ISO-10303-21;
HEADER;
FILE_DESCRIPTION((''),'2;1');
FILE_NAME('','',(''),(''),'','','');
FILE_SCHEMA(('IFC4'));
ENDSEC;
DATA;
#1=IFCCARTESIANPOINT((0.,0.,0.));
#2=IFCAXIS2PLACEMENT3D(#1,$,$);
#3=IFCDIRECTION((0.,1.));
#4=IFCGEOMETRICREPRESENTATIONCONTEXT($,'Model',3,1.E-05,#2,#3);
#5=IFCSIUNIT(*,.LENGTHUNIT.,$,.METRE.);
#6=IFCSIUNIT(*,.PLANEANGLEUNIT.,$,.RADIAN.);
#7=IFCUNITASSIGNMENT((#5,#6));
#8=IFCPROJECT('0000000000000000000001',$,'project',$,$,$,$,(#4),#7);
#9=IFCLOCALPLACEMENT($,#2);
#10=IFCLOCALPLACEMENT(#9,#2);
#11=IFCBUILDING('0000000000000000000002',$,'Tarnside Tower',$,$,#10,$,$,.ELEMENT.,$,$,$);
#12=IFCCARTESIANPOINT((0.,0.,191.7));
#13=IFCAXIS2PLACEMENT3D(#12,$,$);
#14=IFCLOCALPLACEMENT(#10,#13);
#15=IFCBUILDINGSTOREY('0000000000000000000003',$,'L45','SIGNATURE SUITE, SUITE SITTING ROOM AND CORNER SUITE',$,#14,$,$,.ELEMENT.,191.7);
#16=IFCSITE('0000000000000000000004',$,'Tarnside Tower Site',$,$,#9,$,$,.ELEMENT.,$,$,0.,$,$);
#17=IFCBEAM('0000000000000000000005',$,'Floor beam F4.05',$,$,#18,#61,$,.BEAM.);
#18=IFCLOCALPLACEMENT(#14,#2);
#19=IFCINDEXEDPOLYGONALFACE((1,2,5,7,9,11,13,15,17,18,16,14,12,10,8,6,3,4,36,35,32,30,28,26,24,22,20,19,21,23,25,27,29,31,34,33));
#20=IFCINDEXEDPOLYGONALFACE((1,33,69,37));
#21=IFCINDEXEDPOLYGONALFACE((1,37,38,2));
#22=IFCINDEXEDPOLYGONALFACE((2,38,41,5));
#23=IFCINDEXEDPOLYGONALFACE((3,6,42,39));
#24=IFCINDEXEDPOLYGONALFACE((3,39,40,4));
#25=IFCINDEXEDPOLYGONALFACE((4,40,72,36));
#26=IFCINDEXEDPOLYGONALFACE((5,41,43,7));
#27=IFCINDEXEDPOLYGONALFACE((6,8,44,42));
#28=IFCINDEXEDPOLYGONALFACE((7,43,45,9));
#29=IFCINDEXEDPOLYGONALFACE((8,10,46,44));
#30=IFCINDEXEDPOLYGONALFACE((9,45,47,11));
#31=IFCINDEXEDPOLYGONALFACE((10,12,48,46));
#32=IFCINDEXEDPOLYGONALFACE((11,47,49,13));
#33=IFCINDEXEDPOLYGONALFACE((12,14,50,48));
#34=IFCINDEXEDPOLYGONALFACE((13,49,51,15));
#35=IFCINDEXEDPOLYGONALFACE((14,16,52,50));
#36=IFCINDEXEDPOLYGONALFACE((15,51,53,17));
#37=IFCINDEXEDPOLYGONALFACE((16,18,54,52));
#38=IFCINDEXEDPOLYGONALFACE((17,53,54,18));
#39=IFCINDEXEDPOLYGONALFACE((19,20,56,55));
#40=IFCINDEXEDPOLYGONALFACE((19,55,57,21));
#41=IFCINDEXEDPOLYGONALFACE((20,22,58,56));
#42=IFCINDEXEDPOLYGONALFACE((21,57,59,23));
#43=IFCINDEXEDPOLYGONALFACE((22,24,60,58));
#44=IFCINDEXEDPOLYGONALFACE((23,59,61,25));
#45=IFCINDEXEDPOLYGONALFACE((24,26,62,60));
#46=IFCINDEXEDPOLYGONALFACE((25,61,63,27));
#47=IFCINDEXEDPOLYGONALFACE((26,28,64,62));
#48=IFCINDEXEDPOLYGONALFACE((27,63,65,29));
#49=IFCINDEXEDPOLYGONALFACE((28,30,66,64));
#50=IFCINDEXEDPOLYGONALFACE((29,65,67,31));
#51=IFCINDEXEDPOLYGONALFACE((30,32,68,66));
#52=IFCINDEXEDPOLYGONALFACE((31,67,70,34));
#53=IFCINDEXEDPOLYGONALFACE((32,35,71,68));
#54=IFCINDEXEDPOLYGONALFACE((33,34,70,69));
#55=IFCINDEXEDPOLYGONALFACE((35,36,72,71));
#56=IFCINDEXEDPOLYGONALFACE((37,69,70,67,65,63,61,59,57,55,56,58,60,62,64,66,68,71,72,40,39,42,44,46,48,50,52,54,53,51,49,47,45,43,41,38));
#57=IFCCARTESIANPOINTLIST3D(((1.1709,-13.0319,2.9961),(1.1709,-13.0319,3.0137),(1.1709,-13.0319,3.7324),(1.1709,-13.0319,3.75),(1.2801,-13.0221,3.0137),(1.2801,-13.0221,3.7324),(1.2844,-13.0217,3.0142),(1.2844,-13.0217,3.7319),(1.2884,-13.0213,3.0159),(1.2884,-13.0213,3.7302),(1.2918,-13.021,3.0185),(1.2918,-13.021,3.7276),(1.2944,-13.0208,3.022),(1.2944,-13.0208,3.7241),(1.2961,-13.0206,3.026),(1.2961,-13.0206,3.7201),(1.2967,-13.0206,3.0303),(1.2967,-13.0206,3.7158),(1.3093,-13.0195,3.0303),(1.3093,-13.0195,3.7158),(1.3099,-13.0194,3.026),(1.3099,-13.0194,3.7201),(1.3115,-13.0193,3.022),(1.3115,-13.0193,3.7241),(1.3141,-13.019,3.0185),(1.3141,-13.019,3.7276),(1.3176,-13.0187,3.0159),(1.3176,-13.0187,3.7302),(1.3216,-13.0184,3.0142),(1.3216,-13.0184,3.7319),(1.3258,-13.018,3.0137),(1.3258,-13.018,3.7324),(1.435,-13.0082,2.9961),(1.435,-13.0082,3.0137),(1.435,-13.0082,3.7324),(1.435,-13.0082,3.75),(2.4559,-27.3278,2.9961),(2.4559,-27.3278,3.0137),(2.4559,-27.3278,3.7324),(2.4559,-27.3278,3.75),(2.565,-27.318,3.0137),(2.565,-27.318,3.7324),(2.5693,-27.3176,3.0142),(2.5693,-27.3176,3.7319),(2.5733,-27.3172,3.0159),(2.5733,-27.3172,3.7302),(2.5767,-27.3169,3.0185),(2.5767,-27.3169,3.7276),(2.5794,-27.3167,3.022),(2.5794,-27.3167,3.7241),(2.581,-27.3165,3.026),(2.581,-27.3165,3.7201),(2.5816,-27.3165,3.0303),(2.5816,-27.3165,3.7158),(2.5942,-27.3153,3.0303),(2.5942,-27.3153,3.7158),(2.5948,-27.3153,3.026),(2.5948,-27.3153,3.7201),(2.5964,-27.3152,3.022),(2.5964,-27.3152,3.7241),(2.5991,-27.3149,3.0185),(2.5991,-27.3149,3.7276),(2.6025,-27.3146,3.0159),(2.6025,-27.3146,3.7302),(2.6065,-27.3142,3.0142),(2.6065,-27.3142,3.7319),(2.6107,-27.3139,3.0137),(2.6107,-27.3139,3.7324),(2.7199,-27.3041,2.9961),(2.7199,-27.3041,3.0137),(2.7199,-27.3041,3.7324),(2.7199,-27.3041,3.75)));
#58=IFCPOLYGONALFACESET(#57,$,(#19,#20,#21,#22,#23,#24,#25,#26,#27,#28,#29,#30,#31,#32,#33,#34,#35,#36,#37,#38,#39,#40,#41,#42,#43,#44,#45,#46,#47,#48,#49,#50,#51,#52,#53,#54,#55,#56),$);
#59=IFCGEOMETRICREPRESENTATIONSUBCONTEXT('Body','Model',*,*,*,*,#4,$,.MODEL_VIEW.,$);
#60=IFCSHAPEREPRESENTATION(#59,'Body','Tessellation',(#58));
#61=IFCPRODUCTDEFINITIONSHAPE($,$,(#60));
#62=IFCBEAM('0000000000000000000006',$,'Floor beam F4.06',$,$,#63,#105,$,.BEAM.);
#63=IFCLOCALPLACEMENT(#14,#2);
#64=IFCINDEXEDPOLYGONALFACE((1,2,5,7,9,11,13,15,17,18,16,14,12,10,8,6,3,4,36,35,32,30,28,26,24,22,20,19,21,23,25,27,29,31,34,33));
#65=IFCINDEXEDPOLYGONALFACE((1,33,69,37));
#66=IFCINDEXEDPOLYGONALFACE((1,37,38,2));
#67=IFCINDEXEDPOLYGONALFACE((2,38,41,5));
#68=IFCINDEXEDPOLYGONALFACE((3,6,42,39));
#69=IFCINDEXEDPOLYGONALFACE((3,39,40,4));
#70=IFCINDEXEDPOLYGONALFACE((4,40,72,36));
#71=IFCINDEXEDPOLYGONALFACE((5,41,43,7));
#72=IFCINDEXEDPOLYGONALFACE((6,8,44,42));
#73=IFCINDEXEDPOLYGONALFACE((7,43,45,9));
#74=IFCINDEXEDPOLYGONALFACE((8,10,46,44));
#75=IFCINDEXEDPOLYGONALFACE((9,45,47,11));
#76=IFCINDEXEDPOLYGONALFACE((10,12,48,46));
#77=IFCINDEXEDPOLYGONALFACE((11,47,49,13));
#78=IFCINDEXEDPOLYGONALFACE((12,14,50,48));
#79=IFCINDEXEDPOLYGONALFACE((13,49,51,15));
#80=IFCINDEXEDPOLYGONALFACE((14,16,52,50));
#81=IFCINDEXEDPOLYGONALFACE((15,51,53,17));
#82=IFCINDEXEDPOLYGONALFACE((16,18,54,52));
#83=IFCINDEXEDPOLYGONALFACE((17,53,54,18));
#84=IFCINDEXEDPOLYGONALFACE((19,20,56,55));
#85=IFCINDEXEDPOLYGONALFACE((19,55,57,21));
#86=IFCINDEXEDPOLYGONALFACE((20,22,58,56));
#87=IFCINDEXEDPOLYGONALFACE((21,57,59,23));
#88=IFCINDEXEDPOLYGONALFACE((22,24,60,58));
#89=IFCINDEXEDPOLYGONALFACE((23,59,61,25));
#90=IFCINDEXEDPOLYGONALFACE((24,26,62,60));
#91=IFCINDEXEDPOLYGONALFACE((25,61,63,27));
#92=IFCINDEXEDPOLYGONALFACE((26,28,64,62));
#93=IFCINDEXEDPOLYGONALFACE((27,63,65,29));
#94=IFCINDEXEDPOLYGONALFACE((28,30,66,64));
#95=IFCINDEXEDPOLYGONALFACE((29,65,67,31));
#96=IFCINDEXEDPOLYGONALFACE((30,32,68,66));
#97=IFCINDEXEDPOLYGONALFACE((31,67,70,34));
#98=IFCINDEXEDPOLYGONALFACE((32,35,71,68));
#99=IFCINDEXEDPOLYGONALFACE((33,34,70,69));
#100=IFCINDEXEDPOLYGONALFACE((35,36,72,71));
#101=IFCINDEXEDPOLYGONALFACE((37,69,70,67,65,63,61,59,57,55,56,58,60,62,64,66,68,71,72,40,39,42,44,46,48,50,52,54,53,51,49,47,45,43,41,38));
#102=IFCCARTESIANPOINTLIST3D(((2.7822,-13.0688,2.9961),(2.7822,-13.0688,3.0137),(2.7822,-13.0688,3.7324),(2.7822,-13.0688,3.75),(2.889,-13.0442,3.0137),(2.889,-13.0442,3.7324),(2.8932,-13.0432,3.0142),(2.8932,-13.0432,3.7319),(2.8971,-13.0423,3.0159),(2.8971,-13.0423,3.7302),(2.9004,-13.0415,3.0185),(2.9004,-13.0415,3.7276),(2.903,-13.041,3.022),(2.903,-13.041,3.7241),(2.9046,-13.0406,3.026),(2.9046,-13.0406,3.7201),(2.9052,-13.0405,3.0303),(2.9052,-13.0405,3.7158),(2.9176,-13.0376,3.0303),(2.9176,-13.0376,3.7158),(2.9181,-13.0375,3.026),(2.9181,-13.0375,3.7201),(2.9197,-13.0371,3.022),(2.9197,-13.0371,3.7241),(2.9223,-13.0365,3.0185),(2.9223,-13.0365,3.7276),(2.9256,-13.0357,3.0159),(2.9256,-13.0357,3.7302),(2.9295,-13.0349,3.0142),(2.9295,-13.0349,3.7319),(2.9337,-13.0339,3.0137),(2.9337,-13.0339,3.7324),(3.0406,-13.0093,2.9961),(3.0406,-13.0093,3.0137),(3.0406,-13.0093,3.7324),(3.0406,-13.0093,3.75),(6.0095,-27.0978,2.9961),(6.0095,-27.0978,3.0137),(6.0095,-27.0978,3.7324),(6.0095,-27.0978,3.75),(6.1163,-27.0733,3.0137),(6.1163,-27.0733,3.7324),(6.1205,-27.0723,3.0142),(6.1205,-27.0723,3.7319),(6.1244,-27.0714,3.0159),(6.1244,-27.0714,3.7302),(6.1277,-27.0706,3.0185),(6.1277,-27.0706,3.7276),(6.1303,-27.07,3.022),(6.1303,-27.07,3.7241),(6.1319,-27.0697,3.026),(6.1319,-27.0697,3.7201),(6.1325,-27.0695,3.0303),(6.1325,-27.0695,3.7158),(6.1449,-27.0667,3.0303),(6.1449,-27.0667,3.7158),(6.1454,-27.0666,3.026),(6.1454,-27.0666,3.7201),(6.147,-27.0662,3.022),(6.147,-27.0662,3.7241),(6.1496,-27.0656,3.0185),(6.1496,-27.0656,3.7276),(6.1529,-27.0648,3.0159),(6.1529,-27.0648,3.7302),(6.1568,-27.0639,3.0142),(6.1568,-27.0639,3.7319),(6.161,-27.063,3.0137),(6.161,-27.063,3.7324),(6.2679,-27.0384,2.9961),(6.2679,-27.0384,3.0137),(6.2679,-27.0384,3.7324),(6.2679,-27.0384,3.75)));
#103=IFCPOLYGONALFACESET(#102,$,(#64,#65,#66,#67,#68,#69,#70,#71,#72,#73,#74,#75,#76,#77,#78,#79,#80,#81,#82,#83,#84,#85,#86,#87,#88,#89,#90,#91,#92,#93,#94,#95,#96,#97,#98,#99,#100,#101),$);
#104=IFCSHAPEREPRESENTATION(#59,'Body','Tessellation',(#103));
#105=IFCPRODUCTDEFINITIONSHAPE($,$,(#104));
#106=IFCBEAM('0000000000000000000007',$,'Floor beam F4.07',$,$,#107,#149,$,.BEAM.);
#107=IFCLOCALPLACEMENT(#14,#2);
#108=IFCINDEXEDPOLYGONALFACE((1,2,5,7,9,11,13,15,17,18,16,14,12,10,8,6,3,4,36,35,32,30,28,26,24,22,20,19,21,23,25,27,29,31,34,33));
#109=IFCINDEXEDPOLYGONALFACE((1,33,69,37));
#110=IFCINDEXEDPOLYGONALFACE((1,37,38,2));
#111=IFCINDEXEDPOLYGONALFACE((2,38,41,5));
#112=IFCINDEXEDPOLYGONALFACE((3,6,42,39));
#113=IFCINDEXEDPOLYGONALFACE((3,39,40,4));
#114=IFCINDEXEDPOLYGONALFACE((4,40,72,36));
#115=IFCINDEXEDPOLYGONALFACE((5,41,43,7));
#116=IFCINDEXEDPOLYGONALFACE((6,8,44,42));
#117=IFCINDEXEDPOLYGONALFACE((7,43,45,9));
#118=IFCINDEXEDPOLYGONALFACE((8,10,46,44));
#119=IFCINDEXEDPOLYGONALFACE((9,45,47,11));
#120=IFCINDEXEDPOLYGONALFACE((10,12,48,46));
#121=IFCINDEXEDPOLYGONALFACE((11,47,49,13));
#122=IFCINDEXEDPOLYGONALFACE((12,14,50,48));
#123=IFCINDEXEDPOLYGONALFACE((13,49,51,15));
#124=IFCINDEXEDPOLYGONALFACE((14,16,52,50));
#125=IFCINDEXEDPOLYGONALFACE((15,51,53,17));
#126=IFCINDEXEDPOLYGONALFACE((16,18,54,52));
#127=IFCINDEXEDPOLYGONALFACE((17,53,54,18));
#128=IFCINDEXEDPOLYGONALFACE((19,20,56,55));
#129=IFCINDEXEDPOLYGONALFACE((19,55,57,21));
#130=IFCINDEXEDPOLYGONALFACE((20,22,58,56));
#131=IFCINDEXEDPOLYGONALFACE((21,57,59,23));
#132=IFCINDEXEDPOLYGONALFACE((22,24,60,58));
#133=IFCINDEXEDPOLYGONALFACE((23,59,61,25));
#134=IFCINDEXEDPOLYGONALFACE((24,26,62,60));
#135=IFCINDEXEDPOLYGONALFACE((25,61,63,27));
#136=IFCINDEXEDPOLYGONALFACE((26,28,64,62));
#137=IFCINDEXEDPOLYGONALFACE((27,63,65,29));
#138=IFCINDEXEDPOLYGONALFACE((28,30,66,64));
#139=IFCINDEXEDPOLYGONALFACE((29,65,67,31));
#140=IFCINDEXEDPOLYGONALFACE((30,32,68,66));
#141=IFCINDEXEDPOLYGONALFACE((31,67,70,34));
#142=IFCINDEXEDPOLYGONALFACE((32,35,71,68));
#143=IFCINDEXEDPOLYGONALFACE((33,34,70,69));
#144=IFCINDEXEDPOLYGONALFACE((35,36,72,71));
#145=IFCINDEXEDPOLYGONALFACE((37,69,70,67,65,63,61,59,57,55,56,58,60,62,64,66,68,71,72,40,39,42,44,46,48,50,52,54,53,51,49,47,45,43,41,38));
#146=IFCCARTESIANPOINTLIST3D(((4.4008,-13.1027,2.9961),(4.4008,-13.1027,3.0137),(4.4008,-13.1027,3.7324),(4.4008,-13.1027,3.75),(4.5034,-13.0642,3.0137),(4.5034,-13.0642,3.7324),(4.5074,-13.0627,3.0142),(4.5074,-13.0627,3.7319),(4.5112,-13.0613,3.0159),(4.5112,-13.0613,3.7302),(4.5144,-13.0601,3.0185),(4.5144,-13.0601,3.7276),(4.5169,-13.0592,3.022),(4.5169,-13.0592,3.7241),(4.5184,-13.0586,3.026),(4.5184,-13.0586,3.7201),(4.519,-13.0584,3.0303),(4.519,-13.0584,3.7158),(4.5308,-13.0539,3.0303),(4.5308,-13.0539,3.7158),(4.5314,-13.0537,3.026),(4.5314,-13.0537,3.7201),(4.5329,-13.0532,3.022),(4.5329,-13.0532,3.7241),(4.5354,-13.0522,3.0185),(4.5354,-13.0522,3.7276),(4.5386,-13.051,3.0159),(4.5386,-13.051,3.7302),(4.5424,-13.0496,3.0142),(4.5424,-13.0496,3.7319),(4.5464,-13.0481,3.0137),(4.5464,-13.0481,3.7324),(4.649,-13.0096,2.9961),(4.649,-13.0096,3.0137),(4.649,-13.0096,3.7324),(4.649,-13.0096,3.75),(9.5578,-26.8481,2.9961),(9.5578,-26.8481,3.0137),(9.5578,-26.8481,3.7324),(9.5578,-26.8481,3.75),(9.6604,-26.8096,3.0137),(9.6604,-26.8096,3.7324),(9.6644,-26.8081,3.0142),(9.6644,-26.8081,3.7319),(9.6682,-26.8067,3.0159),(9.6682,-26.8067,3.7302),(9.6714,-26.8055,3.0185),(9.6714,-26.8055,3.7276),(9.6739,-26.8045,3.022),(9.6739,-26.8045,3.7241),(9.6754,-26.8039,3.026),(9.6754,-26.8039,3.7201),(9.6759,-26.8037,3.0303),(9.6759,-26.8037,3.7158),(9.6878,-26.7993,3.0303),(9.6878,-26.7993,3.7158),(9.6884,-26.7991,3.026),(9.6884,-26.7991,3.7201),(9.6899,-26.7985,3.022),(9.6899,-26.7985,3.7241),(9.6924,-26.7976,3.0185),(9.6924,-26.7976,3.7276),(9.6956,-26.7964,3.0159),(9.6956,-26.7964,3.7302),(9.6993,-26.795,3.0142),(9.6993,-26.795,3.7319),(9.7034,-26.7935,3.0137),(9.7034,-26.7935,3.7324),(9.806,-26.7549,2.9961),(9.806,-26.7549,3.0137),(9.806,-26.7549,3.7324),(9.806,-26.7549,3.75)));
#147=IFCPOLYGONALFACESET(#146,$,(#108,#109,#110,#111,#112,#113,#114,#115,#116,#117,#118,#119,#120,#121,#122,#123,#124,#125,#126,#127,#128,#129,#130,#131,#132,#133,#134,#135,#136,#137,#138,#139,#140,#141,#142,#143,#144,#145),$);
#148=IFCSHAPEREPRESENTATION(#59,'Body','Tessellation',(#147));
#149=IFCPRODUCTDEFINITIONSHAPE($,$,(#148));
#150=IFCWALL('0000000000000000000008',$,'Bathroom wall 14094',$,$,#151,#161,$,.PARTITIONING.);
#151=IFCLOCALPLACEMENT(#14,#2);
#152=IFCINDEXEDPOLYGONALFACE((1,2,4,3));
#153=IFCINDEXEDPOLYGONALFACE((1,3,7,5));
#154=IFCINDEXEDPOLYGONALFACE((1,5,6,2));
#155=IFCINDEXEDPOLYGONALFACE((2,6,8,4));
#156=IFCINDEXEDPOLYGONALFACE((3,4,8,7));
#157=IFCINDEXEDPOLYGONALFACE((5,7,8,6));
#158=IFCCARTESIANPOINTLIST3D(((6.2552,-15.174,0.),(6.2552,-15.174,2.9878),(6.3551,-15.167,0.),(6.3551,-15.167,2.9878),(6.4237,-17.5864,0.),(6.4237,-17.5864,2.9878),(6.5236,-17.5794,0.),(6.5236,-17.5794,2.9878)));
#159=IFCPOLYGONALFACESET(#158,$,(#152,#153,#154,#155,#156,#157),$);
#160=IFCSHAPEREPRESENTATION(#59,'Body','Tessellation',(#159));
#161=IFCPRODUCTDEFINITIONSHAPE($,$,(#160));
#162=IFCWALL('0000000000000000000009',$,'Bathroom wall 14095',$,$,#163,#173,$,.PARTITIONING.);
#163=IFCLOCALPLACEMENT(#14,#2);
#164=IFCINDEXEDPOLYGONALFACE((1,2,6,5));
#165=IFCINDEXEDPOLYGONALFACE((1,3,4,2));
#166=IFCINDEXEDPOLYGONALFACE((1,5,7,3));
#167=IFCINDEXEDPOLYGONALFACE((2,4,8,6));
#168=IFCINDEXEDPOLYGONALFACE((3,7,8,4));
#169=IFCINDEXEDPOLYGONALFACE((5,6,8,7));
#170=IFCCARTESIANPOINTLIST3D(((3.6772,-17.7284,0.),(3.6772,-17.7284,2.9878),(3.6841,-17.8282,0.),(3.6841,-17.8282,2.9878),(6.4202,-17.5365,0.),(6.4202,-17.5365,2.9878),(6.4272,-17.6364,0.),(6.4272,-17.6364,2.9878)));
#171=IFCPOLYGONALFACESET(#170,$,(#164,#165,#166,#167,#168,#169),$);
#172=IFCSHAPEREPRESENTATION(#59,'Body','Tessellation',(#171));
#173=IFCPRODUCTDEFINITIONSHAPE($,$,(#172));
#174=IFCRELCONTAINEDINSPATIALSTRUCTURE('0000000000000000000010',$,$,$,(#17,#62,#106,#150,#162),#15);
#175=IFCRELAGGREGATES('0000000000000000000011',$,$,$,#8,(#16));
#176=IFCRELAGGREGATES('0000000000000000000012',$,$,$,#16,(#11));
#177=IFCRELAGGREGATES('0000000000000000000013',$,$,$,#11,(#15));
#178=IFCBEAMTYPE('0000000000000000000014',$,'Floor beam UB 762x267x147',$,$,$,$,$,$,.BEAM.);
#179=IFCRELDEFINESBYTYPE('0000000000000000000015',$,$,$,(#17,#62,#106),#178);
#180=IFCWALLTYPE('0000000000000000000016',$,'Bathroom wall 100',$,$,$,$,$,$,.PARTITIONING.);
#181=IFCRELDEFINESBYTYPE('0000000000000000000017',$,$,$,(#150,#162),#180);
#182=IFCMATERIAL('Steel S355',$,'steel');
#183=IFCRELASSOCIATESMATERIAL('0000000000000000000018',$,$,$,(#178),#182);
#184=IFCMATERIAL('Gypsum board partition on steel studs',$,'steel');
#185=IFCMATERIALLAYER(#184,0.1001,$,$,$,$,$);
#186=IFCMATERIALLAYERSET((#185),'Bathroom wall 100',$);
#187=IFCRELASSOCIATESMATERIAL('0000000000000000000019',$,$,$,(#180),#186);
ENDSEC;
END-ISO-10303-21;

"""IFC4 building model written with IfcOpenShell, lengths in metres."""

from ifc_helpers import new_model, si_unit, direction, frame, frame_2d, origin, origin_2d, place, context, subcontext, project, spatial, rectangle, i_section, extrude, material, layer, layer_set, material_profile, profile_set, type_object, element, save


model = new_model("IFC4")

# Units and contexts
model_context = context("Model", 3, precision=1e-05, world=origin(), true_north=direction((0.0, 1.0)))
body_context = subcontext(model_context, "Body", "Model", "MODEL_VIEW")
ifc_project = project(units=[si_unit("LENGTHUNIT", "METRE"), si_unit("PLANEANGLEUNIT", "RADIAN")], contexts=[model_context])

# Site, building, storey
site_placement = place(None, origin())
site = spatial("IfcSite", under=ifc_project, at=site_placement, Name="Tarnside Tower Site", CompositionType="ELEMENT", RefElevation=0.0)
building_placement = place(site_placement, origin())
building = spatial("IfcBuilding", under=site, at=building_placement, Name="Tarnside Tower", CompositionType="ELEMENT")
storey_placement = place(building_placement, frame((0.0, 0.0, 191.7)))
storey = spatial("IfcBuildingStorey", under=building, at=storey_placement, Name="L45", Description="SIGNATURE SUITE, SUITE SITTING ROOM AND CORNER SUITE", CompositionType="ELEMENT", Elevation=191.7)

# Beams
ifc_material_1 = material(Name="Steel S355", Category="steel")
ifc_material_profile = material_profile(ifc_material_1, i_section(OverallWidth=0.2651, OverallDepth=0.7539, WebThickness=0.0127, FlangeThickness=0.0176, FilletRadius=0.0166, at=origin_2d()), Name="UB 762x267x147")
ifc_profile_set = profile_set([ifc_material_profile], Name="Steel S355")
beam_type = type_object("IfcBeamType", Name="Floor beam UB 762x267x147", PredefinedType="BEAM", material=ifc_profile_set)
beam_1_placement = place(storey_placement, frame((2.5879, -27.3159, 3.373), z_axis=(-0.089519, 0.995985, 0.0), x_axis=(-0.995985, -0.089519, 0.0)))
element("IfcBeam", 1, at=beam_1_placement, inside=storey, type_object=beam_type, Name="Floor beam F4.05", PredefinedType="BEAM", context=body_context, shape_type="SweptSolid", body=[
    extrude(i_section(OverallWidth=0.2651, OverallDepth=0.7539, WebThickness=0.0127, FlangeThickness=0.0176, FilletRadius=0.0166, at=origin_2d()), origin(), (0.0, 0.0, 1.0), 14.3535),
])
beam_2_placement = place(storey_placement, frame((6.1387, -27.0681, 3.373), z_axis=(-0.224188, 0.974546, 0.0), x_axis=(-0.974546, -0.224188, 0.0)))
element("IfcBeam", 2, at=beam_2_placement, inside=storey, type_object=beam_type, Name="Floor beam F4.06", PredefinedType="BEAM", context=body_context, shape_type="SweptSolid", body=[
    extrude(i_section(OverallWidth=0.2651, OverallDepth=0.7539, WebThickness=0.0127, FlangeThickness=0.0176, FilletRadius=0.0166, at=origin_2d()), origin(), (0.0, 0.0, 1.0), 14.3955),
])
beam_3_placement = place(storey_placement, frame((9.6819, -26.8015, 3.373), z_axis=(-0.351271, 0.936274, 0.0), x_axis=(-0.936274, -0.351271, 0.0)))
element("IfcBeam", 3, at=beam_3_placement, inside=storey, type_object=beam_type, Name="Floor beam F4.07", PredefinedType="BEAM", context=body_context, shape_type="SweptSolid", body=[
    extrude(i_section(OverallWidth=0.2651, OverallDepth=0.7539, WebThickness=0.0127, FlangeThickness=0.0176, FilletRadius=0.0166, at=origin_2d()), origin(), (0.0, 0.0, 1.0), 14.6809),
])

# Walls
ifc_material_2 = material(Name="Gypsum board partition on steel studs", Category="steel")
ifc_layer_1 = layer(ifc_material_2, 0.1001)
ifc_layer_set_1 = layer_set([ifc_layer_1], Name="Bathroom wall 100")
wall_type_1 = type_object("IfcWallType", Name="Bathroom wall 100", PredefinedType="PARTITIONING", material=ifc_layer_set_1)
wall_1_placement = place(storey_placement, frame((6.3052, -15.1707, 0.0), z_axis=(0.0, 0.0, 1.0), x_axis=(0.069661, -0.997571, 0.0)))
element("IfcWall", 4, at=wall_1_placement, inside=storey, type_object=wall_type_1, Name="Bathroom wall 14094", PredefinedType="PARTITIONING", context=body_context, shape_type="SweptSolid", body=[
    extrude(rectangle(XDim=2.4182, YDim=0.1001, at=frame_2d((1.209, 0.0))), origin(), (0.0, 0.0, 1.0), 2.9878),
])
wall_2_placement = place(storey_placement, frame((6.4238, -17.5864, 0.0), z_axis=(0.0, 0.0, 1.0), x_axis=(-0.997562, -0.069783, 0.0)))
element("IfcWall", 5, at=wall_2_placement, inside=storey, type_object=wall_type_1, Name="Bathroom wall 14095", PredefinedType="PARTITIONING", context=body_context, shape_type="SweptSolid", body=[
    extrude(rectangle(XDim=2.7498, YDim=0.1001, at=frame_2d((1.375, 0.0))), origin(), (0.0, 0.0, 1.0), 2.9878),
])

save(model, "model.ifc")
